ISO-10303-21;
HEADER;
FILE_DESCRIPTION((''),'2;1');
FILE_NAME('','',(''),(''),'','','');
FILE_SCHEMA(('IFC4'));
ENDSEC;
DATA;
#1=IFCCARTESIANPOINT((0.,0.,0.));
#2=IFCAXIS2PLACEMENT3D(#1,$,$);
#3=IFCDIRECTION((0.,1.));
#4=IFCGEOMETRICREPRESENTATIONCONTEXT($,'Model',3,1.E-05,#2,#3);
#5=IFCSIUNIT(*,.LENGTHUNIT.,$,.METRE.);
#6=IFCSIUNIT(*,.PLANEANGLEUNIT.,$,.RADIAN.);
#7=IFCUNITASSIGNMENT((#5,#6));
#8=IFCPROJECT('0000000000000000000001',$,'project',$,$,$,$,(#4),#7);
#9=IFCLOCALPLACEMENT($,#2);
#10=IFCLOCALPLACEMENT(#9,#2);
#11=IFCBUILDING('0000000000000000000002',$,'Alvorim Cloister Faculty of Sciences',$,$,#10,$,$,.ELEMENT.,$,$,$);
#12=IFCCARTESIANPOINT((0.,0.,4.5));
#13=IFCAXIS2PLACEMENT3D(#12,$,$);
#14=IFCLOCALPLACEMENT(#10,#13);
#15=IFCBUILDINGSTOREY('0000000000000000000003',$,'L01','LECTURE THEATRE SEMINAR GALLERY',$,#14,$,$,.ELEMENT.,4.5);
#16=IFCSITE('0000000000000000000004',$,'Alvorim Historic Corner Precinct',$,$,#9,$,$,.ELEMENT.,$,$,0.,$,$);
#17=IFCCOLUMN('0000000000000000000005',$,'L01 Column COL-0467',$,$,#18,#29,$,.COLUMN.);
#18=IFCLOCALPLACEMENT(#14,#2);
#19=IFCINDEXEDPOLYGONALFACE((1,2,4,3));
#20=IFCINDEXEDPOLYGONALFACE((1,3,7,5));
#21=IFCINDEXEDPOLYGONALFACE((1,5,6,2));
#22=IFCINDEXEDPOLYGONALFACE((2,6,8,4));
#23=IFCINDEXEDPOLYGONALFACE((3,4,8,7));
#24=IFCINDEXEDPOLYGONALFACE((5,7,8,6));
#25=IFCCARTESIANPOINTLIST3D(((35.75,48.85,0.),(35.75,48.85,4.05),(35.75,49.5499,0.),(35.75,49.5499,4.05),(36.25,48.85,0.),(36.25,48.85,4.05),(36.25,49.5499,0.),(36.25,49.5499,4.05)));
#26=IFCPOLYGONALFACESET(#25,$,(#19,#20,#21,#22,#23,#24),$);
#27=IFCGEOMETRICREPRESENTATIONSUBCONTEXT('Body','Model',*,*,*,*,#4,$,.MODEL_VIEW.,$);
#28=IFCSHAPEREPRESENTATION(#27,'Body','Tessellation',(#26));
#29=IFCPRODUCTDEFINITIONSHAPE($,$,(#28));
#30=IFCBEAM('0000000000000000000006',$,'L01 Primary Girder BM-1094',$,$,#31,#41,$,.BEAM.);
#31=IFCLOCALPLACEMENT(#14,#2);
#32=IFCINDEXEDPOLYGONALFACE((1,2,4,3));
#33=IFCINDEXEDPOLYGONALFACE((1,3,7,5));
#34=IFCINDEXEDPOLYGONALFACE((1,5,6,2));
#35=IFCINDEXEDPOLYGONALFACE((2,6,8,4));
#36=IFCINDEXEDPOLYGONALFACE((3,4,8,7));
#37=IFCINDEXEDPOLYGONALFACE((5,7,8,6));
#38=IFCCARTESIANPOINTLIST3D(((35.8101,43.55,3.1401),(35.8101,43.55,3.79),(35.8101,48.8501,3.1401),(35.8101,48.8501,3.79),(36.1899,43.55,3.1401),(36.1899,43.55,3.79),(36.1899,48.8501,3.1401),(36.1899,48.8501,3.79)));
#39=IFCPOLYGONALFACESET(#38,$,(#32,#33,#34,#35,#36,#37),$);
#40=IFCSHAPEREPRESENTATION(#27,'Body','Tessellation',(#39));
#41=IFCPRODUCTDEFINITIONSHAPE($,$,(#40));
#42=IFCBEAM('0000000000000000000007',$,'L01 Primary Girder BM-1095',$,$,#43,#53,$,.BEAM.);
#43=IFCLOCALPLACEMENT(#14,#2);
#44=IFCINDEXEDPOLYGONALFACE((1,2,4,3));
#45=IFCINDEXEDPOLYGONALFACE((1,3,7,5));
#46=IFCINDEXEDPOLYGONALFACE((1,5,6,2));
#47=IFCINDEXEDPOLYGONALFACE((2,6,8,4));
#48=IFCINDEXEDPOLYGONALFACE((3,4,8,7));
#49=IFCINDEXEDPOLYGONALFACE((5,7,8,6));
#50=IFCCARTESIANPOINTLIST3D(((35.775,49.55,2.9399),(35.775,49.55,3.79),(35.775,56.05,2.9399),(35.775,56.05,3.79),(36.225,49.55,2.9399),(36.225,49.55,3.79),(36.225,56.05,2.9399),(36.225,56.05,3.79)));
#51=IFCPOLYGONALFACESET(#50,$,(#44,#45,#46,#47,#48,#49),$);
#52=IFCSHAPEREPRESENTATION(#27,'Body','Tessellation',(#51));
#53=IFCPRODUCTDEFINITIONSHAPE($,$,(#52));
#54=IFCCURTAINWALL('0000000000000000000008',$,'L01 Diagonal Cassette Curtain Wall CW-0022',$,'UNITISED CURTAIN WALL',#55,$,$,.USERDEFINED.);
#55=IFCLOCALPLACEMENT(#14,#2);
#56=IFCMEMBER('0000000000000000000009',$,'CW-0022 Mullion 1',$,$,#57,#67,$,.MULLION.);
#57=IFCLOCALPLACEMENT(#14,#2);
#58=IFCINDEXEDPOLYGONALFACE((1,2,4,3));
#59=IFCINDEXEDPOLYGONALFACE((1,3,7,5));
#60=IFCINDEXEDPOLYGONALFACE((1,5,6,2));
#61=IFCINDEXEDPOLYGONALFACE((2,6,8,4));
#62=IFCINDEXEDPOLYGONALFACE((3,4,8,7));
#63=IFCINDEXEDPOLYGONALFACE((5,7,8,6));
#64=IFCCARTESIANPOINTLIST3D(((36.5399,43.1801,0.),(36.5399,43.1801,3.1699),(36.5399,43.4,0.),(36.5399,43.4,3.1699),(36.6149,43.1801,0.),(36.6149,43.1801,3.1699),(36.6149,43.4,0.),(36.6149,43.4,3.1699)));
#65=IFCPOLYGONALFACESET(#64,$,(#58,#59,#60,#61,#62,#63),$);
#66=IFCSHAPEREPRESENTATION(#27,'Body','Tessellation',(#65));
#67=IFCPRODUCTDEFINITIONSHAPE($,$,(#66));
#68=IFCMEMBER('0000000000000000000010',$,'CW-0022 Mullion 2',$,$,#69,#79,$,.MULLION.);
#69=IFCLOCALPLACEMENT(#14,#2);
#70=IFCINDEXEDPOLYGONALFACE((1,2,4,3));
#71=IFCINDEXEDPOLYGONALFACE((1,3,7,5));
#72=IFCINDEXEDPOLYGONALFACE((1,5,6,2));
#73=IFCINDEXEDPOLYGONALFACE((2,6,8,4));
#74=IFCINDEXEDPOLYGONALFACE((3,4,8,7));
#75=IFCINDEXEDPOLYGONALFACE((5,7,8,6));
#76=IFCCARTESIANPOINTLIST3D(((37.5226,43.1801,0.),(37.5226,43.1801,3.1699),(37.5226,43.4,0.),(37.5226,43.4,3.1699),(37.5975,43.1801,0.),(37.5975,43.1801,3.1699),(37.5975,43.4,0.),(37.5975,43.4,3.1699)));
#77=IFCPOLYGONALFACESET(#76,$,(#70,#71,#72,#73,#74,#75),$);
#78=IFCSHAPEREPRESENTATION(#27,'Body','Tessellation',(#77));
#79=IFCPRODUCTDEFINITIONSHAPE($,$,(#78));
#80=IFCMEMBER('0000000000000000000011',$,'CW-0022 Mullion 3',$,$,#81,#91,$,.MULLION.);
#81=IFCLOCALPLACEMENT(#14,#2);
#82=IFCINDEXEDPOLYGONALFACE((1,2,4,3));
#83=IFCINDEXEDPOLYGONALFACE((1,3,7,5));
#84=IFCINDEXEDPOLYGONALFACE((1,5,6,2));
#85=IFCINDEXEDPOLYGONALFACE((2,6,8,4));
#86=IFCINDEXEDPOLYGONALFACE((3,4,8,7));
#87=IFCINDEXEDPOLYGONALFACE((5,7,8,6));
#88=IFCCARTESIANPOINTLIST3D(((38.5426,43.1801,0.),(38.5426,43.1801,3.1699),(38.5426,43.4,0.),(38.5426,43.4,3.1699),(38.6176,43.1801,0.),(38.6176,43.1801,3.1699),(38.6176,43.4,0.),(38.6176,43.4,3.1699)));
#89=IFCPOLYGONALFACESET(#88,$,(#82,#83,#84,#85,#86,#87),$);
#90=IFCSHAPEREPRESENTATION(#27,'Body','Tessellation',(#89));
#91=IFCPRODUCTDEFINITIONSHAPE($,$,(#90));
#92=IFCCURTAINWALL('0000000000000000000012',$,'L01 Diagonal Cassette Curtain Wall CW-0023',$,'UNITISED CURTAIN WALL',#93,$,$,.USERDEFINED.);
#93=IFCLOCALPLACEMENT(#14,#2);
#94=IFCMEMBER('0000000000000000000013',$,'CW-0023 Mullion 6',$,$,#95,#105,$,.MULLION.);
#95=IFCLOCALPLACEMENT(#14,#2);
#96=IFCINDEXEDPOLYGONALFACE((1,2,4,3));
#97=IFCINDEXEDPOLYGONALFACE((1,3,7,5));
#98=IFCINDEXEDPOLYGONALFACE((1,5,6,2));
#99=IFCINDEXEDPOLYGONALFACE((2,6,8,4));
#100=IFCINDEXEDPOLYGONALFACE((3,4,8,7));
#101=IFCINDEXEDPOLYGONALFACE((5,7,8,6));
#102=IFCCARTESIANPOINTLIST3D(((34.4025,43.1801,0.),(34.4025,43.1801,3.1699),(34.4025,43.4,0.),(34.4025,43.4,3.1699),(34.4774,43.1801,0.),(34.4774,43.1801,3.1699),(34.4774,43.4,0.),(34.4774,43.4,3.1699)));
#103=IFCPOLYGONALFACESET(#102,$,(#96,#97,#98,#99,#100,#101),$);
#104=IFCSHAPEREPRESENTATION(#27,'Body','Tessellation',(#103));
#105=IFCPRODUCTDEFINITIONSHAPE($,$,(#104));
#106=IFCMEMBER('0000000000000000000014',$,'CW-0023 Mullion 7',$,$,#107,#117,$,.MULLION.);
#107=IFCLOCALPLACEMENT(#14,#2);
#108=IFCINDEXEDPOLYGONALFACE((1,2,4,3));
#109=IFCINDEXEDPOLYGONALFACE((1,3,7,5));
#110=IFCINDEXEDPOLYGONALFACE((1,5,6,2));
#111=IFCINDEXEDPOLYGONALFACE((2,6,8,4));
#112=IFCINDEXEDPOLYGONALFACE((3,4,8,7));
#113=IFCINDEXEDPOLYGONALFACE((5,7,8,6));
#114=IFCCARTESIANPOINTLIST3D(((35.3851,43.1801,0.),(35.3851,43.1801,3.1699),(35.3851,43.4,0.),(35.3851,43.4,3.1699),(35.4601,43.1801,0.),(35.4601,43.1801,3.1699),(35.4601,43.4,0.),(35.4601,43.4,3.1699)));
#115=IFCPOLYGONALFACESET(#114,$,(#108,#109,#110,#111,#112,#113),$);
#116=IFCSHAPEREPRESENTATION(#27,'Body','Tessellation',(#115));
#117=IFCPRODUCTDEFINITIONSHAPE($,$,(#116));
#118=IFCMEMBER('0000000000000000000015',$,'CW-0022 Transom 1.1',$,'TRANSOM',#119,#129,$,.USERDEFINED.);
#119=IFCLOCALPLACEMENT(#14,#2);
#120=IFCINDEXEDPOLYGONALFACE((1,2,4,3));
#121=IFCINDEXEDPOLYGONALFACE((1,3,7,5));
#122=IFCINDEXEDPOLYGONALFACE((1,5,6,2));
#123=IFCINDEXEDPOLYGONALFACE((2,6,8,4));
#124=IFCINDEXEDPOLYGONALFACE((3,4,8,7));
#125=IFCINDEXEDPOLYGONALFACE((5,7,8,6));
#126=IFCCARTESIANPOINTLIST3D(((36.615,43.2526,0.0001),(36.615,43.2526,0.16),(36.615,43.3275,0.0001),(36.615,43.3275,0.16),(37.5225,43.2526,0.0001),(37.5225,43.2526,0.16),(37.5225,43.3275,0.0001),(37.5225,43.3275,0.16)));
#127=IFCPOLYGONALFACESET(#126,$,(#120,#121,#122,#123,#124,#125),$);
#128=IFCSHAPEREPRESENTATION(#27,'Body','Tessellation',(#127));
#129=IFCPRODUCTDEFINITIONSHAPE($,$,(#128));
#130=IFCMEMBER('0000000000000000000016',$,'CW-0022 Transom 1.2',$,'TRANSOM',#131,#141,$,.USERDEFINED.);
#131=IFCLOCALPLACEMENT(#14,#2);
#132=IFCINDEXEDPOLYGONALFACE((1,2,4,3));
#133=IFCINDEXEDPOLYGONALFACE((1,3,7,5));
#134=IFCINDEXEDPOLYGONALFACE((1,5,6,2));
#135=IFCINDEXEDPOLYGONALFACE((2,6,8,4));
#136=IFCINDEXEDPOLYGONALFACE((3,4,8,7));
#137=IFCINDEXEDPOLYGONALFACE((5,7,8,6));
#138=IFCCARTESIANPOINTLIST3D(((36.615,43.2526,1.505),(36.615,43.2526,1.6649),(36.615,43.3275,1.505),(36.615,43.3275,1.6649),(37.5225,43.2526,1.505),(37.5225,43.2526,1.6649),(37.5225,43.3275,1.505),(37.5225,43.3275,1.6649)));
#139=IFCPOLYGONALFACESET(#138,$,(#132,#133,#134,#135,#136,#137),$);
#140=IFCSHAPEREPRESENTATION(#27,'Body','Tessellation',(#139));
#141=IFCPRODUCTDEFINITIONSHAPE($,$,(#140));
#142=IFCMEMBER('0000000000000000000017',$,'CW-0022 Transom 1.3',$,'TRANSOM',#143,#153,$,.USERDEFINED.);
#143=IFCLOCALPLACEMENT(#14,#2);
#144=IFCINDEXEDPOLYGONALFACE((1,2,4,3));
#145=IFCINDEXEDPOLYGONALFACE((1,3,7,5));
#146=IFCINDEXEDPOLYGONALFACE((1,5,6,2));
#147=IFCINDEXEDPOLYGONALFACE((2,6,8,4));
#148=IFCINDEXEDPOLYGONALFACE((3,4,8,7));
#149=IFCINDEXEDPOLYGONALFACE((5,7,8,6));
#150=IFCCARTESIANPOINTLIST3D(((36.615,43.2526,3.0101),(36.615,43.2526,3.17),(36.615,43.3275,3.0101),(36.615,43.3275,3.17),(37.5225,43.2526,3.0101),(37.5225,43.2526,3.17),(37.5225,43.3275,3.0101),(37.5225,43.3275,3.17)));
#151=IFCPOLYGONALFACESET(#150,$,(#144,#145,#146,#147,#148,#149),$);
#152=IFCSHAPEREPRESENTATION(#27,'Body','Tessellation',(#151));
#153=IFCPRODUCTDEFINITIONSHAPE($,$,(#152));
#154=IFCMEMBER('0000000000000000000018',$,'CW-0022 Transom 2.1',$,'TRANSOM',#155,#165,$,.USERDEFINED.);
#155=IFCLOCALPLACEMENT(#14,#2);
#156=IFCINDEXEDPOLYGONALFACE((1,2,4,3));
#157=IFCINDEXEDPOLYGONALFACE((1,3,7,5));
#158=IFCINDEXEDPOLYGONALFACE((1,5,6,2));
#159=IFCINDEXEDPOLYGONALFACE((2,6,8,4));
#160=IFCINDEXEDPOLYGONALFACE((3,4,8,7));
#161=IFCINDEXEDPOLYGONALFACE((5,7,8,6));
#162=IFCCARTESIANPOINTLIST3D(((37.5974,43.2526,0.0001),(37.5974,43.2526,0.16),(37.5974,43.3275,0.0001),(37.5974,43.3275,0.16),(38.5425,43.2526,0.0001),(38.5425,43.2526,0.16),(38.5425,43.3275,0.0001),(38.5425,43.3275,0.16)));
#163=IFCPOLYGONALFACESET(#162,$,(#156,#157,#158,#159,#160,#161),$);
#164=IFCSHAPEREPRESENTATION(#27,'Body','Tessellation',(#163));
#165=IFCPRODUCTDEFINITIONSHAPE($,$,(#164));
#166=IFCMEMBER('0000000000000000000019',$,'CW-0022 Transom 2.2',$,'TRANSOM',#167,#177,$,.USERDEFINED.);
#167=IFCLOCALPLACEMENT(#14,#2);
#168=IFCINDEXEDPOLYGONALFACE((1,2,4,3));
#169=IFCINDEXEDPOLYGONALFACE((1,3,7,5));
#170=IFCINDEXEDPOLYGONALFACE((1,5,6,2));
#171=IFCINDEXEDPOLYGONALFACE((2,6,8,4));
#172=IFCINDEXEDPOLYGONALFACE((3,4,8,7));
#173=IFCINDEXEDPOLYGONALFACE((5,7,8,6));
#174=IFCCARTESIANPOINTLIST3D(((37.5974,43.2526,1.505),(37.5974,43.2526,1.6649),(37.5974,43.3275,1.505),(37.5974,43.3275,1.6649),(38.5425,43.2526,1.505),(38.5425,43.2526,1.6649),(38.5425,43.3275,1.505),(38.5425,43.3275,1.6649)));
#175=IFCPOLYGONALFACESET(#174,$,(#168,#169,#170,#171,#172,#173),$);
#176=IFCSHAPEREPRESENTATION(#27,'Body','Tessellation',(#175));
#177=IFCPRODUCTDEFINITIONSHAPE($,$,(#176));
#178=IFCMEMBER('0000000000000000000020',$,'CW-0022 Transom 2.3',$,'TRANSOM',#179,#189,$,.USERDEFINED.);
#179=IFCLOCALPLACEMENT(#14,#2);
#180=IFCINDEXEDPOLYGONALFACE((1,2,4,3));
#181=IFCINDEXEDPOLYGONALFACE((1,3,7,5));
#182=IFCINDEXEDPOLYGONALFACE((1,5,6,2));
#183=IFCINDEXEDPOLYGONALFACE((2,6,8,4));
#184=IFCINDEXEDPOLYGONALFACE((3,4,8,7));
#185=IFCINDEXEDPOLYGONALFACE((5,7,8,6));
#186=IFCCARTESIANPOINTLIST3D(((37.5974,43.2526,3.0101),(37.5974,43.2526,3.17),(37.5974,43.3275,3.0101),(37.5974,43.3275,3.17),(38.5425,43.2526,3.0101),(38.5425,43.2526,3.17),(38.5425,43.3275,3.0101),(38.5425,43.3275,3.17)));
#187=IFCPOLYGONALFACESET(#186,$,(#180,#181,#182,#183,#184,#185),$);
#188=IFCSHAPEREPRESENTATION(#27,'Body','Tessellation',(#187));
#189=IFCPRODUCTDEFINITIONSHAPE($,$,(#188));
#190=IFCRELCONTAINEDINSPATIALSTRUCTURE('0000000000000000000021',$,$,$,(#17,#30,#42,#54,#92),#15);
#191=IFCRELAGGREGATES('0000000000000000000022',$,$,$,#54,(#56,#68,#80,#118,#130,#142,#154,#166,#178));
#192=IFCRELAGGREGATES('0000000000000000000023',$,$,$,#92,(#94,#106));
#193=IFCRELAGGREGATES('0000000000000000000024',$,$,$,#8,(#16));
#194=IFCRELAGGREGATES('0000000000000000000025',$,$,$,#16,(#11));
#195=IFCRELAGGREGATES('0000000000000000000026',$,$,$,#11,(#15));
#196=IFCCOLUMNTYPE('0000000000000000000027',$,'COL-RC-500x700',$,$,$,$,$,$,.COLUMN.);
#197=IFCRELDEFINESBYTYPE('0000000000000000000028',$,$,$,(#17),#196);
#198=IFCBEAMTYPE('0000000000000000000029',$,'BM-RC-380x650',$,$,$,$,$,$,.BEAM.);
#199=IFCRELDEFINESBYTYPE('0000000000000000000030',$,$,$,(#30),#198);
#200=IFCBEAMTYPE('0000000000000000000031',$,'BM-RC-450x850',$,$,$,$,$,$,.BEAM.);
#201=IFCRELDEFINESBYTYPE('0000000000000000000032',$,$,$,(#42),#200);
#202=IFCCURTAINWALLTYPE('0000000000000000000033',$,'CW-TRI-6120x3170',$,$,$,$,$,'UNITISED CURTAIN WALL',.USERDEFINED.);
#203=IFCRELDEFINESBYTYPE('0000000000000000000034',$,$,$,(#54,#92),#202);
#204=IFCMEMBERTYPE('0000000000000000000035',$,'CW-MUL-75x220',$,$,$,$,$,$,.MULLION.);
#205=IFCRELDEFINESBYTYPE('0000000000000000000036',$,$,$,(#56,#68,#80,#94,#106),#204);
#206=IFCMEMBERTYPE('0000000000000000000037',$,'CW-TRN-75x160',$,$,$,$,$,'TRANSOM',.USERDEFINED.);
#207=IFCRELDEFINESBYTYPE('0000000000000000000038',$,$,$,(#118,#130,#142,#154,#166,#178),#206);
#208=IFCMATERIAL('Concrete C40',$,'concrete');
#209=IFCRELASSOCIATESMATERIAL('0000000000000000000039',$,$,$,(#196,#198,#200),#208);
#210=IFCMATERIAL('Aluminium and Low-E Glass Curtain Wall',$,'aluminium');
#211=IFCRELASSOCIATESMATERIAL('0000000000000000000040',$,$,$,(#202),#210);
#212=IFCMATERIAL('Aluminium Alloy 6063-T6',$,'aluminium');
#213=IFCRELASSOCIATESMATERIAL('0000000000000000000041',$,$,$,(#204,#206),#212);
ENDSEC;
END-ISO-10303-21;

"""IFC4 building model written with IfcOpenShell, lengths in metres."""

from ifc_helpers import new_model, si_unit, direction, frame, origin, origin_2d, place, context, subcontext, project, spatial, rectangle, extrude, material, material_profile, profile_set, type_object, element, aggregate, save


model = new_model("IFC4")

# Units and contexts
model_context = context("Model", 3, precision=1e-05, world=origin(), true_north=direction((0.0, 1.0)))
body_context = subcontext(model_context, "Body", "Model", "MODEL_VIEW")
ifc_project = project(units=[si_unit("LENGTHUNIT", "METRE"), si_unit("PLANEANGLEUNIT", "RADIAN")], contexts=[model_context])

# Site, building, storey
site_placement = place(None, origin())
site = spatial("IfcSite", under=ifc_project, at=site_placement, Name="Alvorim Historic Corner Precinct", CompositionType="ELEMENT", RefElevation=0.0)
building_placement = place(site_placement, origin())
building = spatial("IfcBuilding", under=site, at=building_placement, Name="Alvorim Cloister Faculty of Sciences", CompositionType="ELEMENT")
storey_placement = place(building_placement, frame((0.0, 0.0, 4.5)))
storey = spatial("IfcBuildingStorey", under=building, at=storey_placement, Name="L01", Description="LECTURE THEATRE SEMINAR GALLERY", CompositionType="ELEMENT", Elevation=4.5)

# Column
ifc_material_1 = material(Name="Concrete C40", Category="concrete")
ifc_material_profile_1 = material_profile(ifc_material_1, rectangle(XDim=0.5, YDim=0.7, at=origin_2d()), Name="RC40-COL-500x700")
ifc_profile_set_1 = profile_set([ifc_material_profile_1], Name="Concrete C40")
column_type = type_object("IfcColumnType", Name="COL-RC-500x700", PredefinedType="COLUMN", material=ifc_profile_set_1)
column_placement = place(storey_placement, frame((36.0, 49.2, 0.0), z_axis=(0.0, 0.0, 1.0), x_axis=(1.0, 0.0, 0.0)))
element("IfcColumn", 1, at=column_placement, inside=storey, type_object=column_type, Name="L01 Column COL-0467", PredefinedType="COLUMN", context=body_context, shape_type="SweptSolid", body=[
    extrude(rectangle(XDim=0.5, YDim=0.7, at=origin_2d()), origin(), (0.0, 0.0, 1.0), 4.05),
])

# Beams
ifc_material_profile_2 = material_profile(ifc_material_1, rectangle(XDim=0.3799, YDim=0.6499, at=origin_2d()), Name="RC40-BM-380x650")
ifc_profile_set_2 = profile_set([ifc_material_profile_2], Name="Concrete C40")
beam_type_1 = type_object("IfcBeamType", Name="BM-RC-380x650", PredefinedType="BEAM", material=ifc_profile_set_2)
beam_1_placement = place(storey_placement, frame((36.0, 43.55, 3.4651), z_axis=(0.0, 1.0, 0.0), x_axis=(-1.0, 0.0, 0.0)))
element("IfcBeam", 2, at=beam_1_placement, inside=storey, type_object=beam_type_1, Name="L01 Primary Girder BM-1094", PredefinedType="BEAM", context=body_context, shape_type="SweptSolid", body=[
    extrude(rectangle(XDim=0.3799, YDim=0.6499, at=origin_2d()), origin(), (0.0, 0.0, 1.0), 5.3),
])
ifc_material_profile_3 = material_profile(ifc_material_1, rectangle(XDim=0.45, YDim=0.8501, at=origin_2d()), Name="RC40-BM-450x850")
ifc_profile_set_3 = profile_set([ifc_material_profile_3], Name="Concrete C40")
beam_type_2 = type_object("IfcBeamType", Name="BM-RC-450x850", PredefinedType="BEAM", material=ifc_profile_set_3)
beam_2_placement = place(storey_placement, frame((36.0, 49.55, 3.365), z_axis=(0.0, 1.0, 0.0), x_axis=(-1.0, 0.0, 0.0)))
element("IfcBeam", 3, at=beam_2_placement, inside=storey, type_object=beam_type_2, Name="L01 Primary Girder BM-1095", PredefinedType="BEAM", context=body_context, shape_type="SweptSolid", body=[
    extrude(rectangle(XDim=0.45, YDim=0.8501, at=origin_2d()), origin(), (0.0, 0.0, 1.0), 6.5),
])

# Curtain walls, members
ifc_material_2 = material(Name="Aluminium and Low-E Glass Curtain Wall", Category="aluminium")
curtain_wall_type = type_object("IfcCurtainWallType", Name="CW-TRI-6120x3170", ElementType="UNITISED CURTAIN WALL", PredefinedType="USERDEFINED", material=ifc_material_2)
curtain_wall_1_placement = place(storey_placement, origin())
curtain_wall_1 = element("IfcCurtainWall", 4, at=curtain_wall_1_placement, inside=storey, type_object=curtain_wall_type, Name="L01 Diagonal Cassette Curtain Wall CW-0022", ObjectType="UNITISED CURTAIN WALL", PredefinedType="USERDEFINED")
ifc_material_3 = material(Name="Aluminium Alloy 6063-T6", Category="aluminium")
ifc_material_profile_4 = material_profile(ifc_material_3, rectangle(XDim=0.075, YDim=0.22, at=origin_2d()), Name="ALU-MUL-75x220")
ifc_profile_set_4 = profile_set([ifc_material_profile_4], Name="Aluminium Alloy 6063-T6")
member_type_1 = type_object("IfcMemberType", Name="CW-MUL-75x220", PredefinedType="MULLION", material=ifc_profile_set_4)
member_1_placement = place(storey_placement, frame((36.5774, 43.29, 0.0), z_axis=(0.0, 0.0, 1.0), x_axis=(1.0, 0.0, 0.0)))
member_1 = element("IfcMember", 5, at=member_1_placement, type_object=member_type_1, Name="CW-0022 Mullion 1", PredefinedType="MULLION", context=body_context, shape_type="SweptSolid", body=[
    extrude(rectangle(XDim=0.075, YDim=0.22, at=origin_2d()), origin(), (0.0, 0.0, 1.0), 3.1699),
])
member_2_placement = place(storey_placement, frame((37.5601, 43.29, 0.0), z_axis=(0.0, 0.0, 1.0), x_axis=(1.0, 0.0, 0.0)))
member_2 = element("IfcMember", 6, at=member_2_placement, type_object=member_type_1, Name="CW-0022 Mullion 2", PredefinedType="MULLION", context=body_context, shape_type="SweptSolid", body=[
    extrude(rectangle(XDim=0.075, YDim=0.22, at=origin_2d()), origin(), (0.0, 0.0, 1.0), 3.1699),
])
member_3_placement = place(storey_placement, frame((38.5801, 43.29, 0.0), z_axis=(0.0, 0.0, 1.0), x_axis=(1.0, 0.0, 0.0)))
member_3 = element("IfcMember", 7, at=member_3_placement, type_object=member_type_1, Name="CW-0022 Mullion 3", PredefinedType="MULLION", context=body_context, shape_type="SweptSolid", body=[
    extrude(rectangle(XDim=0.075, YDim=0.22, at=origin_2d()), origin(), (0.0, 0.0, 1.0), 3.1699),
])
curtain_wall_2_placement = place(storey_placement, origin())
curtain_wall_2 = element("IfcCurtainWall", 8, at=curtain_wall_2_placement, inside=storey, type_object=curtain_wall_type, Name="L01 Diagonal Cassette Curtain Wall CW-0023", ObjectType="UNITISED CURTAIN WALL", PredefinedType="USERDEFINED")
member_4_placement = place(storey_placement, frame((34.4399, 43.29, 0.0), z_axis=(0.0, 0.0, 1.0), x_axis=(1.0, 0.0, 0.0)))
member_4 = element("IfcMember", 9, at=member_4_placement, type_object=member_type_1, Name="CW-0023 Mullion 6", PredefinedType="MULLION", context=body_context, shape_type="SweptSolid", body=[
    extrude(rectangle(XDim=0.075, YDim=0.22, at=origin_2d()), origin(), (0.0, 0.0, 1.0), 3.1699),
])
member_5_placement = place(storey_placement, frame((35.4226, 43.29, 0.0), z_axis=(0.0, 0.0, 1.0), x_axis=(1.0, 0.0, 0.0)))
member_5 = element("IfcMember", 10, at=member_5_placement, type_object=member_type_1, Name="CW-0023 Mullion 7", PredefinedType="MULLION", context=body_context, shape_type="SweptSolid", body=[
    extrude(rectangle(XDim=0.075, YDim=0.22, at=origin_2d()), origin(), (0.0, 0.0, 1.0), 3.1699),
])

# Members
ifc_material_profile_5 = material_profile(ifc_material_3, rectangle(XDim=0.075, YDim=0.1599, at=origin_2d()), Name="ALU-TRN-75x160")
ifc_profile_set_5 = profile_set([ifc_material_profile_5], Name="Aluminium Alloy 6063-T6")
member_type_2 = type_object("IfcMemberType", Name="CW-TRN-75x160", ElementType="TRANSOM", PredefinedType="USERDEFINED", material=ifc_profile_set_5)
member_6_placement = place(storey_placement, frame((36.615, 43.29, 0.0801), z_axis=(1.0, 0.0, 0.0), x_axis=(0.0, 1.0, 0.0)))
member_6 = element("IfcMember", 11, at=member_6_placement, type_object=member_type_2, Name="CW-0022 Transom 1.1", ObjectType="TRANSOM", PredefinedType="USERDEFINED", context=body_context, shape_type="SweptSolid", body=[
    extrude(rectangle(XDim=0.075, YDim=0.1599, at=origin_2d()), origin(), (0.0, 0.0, 1.0), 0.9075),
])
member_7_placement = place(storey_placement, frame((36.615, 43.29, 1.585), z_axis=(1.0, 0.0, 0.0), x_axis=(0.0, 1.0, 0.0)))
member_7 = element("IfcMember", 12, at=member_7_placement, type_object=member_type_2, Name="CW-0022 Transom 1.2", ObjectType="TRANSOM", PredefinedType="USERDEFINED", context=body_context, shape_type="SweptSolid", body=[
    extrude(rectangle(XDim=0.075, YDim=0.1599, at=origin_2d()), origin(), (0.0, 0.0, 1.0), 0.9075),
])
member_8_placement = place(storey_placement, frame((36.615, 43.29, 3.0901), z_axis=(1.0, 0.0, 0.0), x_axis=(0.0, 1.0, 0.0)))
member_8 = element("IfcMember", 13, at=member_8_placement, type_object=member_type_2, Name="CW-0022 Transom 1.3", ObjectType="TRANSOM", PredefinedType="USERDEFINED", context=body_context, shape_type="SweptSolid", body=[
    extrude(rectangle(XDim=0.075, YDim=0.1599, at=origin_2d()), origin(), (0.0, 0.0, 1.0), 0.9075),
])
member_9_placement = place(storey_placement, frame((37.5974, 43.29, 0.0801), z_axis=(1.0, 0.0, 0.0), x_axis=(0.0, 1.0, 0.0)))
member_9 = element("IfcMember", 14, at=member_9_placement, type_object=member_type_2, Name="CW-0022 Transom 2.1", ObjectType="TRANSOM", PredefinedType="USERDEFINED", context=body_context, shape_type="SweptSolid", body=[
    extrude(rectangle(XDim=0.075, YDim=0.1599, at=origin_2d()), origin(), (0.0, 0.0, 1.0), 0.9451),
])
member_10_placement = place(storey_placement, frame((37.5974, 43.29, 1.585), z_axis=(1.0, 0.0, 0.0), x_axis=(0.0, 1.0, 0.0)))
member_10 = element("IfcMember", 15, at=member_10_placement, type_object=member_type_2, Name="CW-0022 Transom 2.2", ObjectType="TRANSOM", PredefinedType="USERDEFINED", context=body_context, shape_type="SweptSolid", body=[
    extrude(rectangle(XDim=0.075, YDim=0.1599, at=origin_2d()), origin(), (0.0, 0.0, 1.0), 0.9451),
])
member_11_placement = place(storey_placement, frame((37.5974, 43.29, 3.0901), z_axis=(1.0, 0.0, 0.0), x_axis=(0.0, 1.0, 0.0)))
member_11 = element("IfcMember", 16, at=member_11_placement, type_object=member_type_2, Name="CW-0022 Transom 2.3", ObjectType="TRANSOM", PredefinedType="USERDEFINED", context=body_context, shape_type="SweptSolid", body=[
    extrude(rectangle(XDim=0.075, YDim=0.1599, at=origin_2d()), origin(), (0.0, 0.0, 1.0), 0.9451),
])
aggregate(curtain_wall_1, [member_1, member_2, member_3, member_6, member_7, member_8, member_9, member_10, member_11])
aggregate(curtain_wall_2, [member_4, member_5])

save(model, "model.ifc")
